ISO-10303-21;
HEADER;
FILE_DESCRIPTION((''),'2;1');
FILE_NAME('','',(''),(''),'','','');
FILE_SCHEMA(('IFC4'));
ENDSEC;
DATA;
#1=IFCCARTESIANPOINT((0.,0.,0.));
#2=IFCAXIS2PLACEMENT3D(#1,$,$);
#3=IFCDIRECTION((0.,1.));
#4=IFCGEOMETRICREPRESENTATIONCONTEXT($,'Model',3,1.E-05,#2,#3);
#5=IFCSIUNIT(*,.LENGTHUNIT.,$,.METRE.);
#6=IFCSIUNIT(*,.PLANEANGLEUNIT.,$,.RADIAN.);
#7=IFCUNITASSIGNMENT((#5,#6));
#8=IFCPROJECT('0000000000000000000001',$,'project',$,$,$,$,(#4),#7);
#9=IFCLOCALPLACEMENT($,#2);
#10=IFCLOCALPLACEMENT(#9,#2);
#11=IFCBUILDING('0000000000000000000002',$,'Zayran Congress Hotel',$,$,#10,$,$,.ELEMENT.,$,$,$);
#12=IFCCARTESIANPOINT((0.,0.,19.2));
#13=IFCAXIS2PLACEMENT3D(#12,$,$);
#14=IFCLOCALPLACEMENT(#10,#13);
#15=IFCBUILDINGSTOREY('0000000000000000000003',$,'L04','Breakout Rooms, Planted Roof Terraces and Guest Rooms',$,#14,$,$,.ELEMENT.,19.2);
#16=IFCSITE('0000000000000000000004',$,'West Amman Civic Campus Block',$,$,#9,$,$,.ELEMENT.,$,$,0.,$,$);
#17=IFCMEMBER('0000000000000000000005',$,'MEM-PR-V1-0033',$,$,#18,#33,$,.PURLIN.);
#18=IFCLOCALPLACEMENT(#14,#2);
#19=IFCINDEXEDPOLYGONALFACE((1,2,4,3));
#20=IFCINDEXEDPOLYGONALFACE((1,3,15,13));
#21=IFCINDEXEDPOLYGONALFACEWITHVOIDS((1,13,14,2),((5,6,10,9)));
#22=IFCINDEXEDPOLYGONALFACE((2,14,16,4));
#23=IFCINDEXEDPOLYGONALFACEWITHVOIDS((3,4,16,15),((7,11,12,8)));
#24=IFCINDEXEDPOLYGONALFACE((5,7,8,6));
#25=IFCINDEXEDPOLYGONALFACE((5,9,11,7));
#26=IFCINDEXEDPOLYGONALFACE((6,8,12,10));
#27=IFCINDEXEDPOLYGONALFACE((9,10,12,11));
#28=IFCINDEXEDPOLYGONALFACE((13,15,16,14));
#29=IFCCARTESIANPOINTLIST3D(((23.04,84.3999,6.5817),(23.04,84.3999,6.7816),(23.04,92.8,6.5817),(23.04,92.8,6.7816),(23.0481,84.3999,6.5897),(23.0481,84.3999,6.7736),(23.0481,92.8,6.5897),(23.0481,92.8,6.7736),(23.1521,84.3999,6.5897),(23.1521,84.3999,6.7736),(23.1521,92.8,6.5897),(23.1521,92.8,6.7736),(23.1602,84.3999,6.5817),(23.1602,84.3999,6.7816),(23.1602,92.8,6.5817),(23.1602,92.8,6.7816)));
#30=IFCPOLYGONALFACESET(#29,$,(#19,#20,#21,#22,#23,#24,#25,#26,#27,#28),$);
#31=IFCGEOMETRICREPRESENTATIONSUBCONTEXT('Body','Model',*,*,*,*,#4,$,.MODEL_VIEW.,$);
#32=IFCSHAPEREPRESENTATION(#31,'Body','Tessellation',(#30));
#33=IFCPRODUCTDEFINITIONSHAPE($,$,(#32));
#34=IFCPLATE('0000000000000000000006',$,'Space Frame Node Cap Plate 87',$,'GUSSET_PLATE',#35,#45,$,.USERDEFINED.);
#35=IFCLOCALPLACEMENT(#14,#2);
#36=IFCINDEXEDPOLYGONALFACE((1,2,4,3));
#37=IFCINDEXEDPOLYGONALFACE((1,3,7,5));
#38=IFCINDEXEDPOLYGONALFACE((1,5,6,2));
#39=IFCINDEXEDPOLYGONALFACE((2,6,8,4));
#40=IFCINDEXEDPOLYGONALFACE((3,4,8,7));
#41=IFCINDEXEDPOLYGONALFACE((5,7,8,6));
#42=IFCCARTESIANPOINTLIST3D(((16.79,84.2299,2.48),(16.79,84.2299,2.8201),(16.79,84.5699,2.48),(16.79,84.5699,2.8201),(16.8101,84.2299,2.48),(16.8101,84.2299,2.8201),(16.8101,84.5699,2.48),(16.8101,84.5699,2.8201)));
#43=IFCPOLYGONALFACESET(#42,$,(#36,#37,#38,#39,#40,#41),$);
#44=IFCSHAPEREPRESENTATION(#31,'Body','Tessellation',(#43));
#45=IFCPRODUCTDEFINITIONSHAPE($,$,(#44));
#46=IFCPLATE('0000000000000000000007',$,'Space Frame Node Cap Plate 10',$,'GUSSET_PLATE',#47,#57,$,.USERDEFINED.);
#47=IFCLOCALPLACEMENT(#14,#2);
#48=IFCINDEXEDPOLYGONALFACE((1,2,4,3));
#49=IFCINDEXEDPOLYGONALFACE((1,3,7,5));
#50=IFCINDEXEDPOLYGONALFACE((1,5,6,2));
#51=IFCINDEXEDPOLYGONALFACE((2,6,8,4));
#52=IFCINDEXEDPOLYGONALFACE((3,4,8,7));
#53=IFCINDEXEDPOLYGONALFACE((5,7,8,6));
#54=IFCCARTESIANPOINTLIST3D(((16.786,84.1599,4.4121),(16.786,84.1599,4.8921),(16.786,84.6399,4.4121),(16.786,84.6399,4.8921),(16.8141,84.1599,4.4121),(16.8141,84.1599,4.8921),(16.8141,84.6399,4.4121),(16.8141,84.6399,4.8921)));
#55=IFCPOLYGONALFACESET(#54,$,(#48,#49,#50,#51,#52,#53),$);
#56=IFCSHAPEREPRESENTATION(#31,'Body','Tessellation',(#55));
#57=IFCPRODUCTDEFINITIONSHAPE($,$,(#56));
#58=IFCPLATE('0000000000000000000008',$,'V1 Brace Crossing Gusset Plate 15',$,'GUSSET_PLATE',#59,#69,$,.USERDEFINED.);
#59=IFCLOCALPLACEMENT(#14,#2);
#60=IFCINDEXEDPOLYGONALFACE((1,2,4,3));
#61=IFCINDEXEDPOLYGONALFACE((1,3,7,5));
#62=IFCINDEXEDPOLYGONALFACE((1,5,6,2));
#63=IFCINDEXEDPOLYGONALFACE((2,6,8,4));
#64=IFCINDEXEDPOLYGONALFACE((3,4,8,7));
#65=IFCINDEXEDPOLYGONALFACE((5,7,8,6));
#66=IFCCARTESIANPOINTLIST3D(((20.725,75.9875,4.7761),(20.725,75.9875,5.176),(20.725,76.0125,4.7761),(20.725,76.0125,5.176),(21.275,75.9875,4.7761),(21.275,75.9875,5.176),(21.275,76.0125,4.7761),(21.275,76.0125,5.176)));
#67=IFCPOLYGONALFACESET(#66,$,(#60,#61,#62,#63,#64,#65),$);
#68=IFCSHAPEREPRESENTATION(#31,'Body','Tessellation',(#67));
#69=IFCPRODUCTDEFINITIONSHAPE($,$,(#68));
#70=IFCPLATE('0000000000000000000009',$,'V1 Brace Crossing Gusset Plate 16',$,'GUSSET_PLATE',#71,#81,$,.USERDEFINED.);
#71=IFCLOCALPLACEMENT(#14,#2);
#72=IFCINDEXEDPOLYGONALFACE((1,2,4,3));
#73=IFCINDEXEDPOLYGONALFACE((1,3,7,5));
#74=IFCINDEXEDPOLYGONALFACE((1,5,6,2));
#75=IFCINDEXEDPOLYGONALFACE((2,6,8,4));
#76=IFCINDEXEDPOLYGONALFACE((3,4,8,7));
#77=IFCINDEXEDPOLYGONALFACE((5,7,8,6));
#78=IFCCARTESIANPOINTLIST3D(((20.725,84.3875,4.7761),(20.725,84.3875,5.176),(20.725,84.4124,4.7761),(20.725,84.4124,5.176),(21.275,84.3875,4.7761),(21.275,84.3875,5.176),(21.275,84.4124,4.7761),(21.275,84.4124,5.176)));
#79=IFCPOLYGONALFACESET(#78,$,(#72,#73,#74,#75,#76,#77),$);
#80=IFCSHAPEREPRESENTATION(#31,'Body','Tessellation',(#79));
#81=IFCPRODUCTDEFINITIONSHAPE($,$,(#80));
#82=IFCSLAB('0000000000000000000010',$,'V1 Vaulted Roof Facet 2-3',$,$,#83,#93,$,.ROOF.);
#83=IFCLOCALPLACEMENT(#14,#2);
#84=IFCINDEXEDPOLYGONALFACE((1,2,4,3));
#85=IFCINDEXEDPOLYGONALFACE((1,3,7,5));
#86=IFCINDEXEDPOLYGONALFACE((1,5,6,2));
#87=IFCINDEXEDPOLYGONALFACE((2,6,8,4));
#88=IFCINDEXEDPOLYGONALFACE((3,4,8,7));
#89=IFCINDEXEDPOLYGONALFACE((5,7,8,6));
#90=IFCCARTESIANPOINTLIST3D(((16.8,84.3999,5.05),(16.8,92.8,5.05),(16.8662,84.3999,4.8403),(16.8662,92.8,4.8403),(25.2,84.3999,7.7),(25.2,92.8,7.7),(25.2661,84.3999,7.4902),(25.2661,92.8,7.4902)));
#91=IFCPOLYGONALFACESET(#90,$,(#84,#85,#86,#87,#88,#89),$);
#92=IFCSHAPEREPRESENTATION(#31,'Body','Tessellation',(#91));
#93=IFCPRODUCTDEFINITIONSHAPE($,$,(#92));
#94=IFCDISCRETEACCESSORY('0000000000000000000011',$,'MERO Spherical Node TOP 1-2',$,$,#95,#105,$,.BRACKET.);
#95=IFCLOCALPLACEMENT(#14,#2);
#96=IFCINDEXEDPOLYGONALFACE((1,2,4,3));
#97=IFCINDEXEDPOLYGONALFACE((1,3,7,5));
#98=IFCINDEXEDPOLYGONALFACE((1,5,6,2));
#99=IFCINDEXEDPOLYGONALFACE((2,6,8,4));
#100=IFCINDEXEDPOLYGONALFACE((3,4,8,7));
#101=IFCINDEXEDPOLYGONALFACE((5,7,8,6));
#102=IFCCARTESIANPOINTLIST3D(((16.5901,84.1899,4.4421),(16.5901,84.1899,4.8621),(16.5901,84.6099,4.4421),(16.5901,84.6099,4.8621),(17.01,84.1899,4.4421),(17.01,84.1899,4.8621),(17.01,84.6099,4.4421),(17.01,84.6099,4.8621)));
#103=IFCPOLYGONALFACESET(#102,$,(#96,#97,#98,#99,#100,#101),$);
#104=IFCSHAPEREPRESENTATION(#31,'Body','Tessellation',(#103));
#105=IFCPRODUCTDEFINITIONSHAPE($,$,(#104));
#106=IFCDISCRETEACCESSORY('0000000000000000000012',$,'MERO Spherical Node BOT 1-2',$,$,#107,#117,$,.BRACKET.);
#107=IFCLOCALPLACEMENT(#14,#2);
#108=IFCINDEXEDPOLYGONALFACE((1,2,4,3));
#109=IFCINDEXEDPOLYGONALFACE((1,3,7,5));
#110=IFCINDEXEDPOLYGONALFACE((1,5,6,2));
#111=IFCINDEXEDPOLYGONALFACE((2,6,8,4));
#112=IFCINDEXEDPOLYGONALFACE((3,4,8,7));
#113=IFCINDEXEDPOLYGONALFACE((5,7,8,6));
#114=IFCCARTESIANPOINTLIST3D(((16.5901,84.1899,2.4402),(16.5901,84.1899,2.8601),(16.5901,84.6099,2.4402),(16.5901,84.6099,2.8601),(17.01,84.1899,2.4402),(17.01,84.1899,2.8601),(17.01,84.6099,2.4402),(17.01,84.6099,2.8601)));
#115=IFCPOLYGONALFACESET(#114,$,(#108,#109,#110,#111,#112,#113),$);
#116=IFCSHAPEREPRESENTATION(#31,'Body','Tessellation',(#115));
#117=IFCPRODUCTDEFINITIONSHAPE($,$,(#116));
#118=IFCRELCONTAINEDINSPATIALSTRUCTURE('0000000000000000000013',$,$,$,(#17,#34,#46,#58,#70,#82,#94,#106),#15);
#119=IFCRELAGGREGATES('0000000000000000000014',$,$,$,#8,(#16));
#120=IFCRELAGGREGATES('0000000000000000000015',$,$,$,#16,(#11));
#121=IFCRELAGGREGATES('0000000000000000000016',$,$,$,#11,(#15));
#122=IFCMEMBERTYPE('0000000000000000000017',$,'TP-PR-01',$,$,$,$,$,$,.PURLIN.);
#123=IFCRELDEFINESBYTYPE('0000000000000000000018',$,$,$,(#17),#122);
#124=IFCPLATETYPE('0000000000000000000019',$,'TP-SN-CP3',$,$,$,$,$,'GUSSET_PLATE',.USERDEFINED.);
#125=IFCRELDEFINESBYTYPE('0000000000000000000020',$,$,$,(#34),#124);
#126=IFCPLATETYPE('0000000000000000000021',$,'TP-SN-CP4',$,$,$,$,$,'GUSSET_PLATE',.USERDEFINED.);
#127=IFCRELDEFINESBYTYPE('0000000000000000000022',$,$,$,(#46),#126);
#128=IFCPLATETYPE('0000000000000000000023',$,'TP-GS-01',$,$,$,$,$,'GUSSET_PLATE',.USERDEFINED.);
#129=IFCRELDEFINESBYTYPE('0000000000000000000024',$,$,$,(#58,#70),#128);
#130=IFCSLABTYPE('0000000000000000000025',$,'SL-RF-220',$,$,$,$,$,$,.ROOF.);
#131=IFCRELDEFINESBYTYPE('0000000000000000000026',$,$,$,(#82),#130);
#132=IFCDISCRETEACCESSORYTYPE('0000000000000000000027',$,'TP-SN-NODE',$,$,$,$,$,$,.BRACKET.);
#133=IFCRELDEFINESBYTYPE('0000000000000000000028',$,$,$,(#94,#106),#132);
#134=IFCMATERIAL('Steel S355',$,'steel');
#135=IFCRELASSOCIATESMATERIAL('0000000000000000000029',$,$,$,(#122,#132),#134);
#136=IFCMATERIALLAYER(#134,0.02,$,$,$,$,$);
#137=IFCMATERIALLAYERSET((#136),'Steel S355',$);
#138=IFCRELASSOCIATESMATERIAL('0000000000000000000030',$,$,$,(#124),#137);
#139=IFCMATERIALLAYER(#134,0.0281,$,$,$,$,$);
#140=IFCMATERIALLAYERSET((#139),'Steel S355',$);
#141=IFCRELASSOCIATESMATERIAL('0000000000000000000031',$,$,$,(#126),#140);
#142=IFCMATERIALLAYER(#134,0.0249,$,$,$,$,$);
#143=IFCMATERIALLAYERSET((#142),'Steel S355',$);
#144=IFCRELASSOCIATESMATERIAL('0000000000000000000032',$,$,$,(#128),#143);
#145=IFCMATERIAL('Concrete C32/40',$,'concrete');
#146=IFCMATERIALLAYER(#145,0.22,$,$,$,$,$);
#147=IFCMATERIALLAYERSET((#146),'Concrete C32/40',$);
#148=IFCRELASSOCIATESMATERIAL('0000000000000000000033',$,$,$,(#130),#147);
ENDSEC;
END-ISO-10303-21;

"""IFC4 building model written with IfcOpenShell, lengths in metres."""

from ifc_helpers import new_model, si_unit, direction, frame, origin, origin_2d, place, context, subcontext, project, spatial, polyline, rectangle, hollow_rectangle, outline, extrude, material, layer, layer_set, material_profile, profile_set, type_object, element, save


model = new_model("IFC4")

# Units and contexts
model_context = context("Model", 3, precision=1e-05, world=origin(), true_north=direction((0.0, 1.0)))
body_context = subcontext(model_context, "Body", "Model", "MODEL_VIEW")
ifc_project = project(units=[si_unit("LENGTHUNIT", "METRE"), si_unit("PLANEANGLEUNIT", "RADIAN")], contexts=[model_context])

# Site, building, storey
site_placement = place(None, origin())
site = spatial("IfcSite", under=ifc_project, at=site_placement, Name="West Amman Civic Campus Block", CompositionType="ELEMENT", RefElevation=0.0)
building_placement = place(site_placement, origin())
building = spatial("IfcBuilding", under=site, at=building_placement, Name="Zayran Congress Hotel", CompositionType="ELEMENT")
storey_placement = place(building_placement, frame((0.0, 0.0, 19.2)))
storey = spatial("IfcBuildingStorey", under=building, at=storey_placement, Name="L04", Description="Breakout Rooms, Planted Roof Terraces and Guest Rooms", CompositionType="ELEMENT", Elevation=19.2)

# Member
ifc_material_1 = material(Name="Steel S355", Category="steel")
ifc_material_profile_1 = material_profile(ifc_material_1, hollow_rectangle(XDim=0.1201, YDim=0.2, WallThickness=0.0081, at=origin_2d()), Name="RHS 200x120x8")
ifc_profile_set_1 = profile_set([ifc_material_profile_1], Name="Steel S355")
member_type_1 = type_object("IfcMemberType", Name="TP-PR-01", PredefinedType="PURLIN", material=ifc_profile_set_1)
member_1_placement = place(storey_placement, frame((23.1001, 84.3999, 6.6816), z_axis=(0.0, 1.0, 0.0), x_axis=(-1.0, 0.0, 0.0)))
element("IfcMember", 1, at=member_1_placement, inside=storey, type_object=member_type_1, Name="MEM-PR-V1-0033", PredefinedType="PURLIN", context=body_context, shape_type="SweptSolid", body=[
    extrude(hollow_rectangle(XDim=0.1201, YDim=0.2, WallThickness=0.0081, at=origin_2d()), origin(), (0.0, 0.0, 1.0), 8.4001),
])

# Plates
ifc_layer_1 = layer(ifc_material_1, 0.02)
ifc_layer_set_1 = layer_set([ifc_layer_1], Name="Steel S355")
plate_type_1 = type_object("IfcPlateType", Name="TP-SN-CP3", ElementType="GUSSET_PLATE", PredefinedType="USERDEFINED", material=ifc_layer_set_1)
plate_1_placement = place(storey_placement, frame((16.8, 84.3999, 2.48), z_axis=(0.0, 0.0, 1.0), x_axis=(0.0, 1.0, 0.0)))
element("IfcPlate", 2, at=plate_1_placement, inside=storey, type_object=plate_type_1, Name="Space Frame Node Cap Plate 87", ObjectType="GUSSET_PLATE", PredefinedType="USERDEFINED", context=body_context, shape_type="SweptSolid", body=[
    extrude(rectangle(XDim=0.3401, YDim=0.02, at=origin_2d()), origin(), (0.0, 0.0, 1.0), 0.3401),
])
ifc_layer_2 = layer(ifc_material_1, 0.0281)
ifc_layer_set_2 = layer_set([ifc_layer_2], Name="Steel S355")
plate_type_2 = type_object("IfcPlateType", Name="TP-SN-CP4", ElementType="GUSSET_PLATE", PredefinedType="USERDEFINED", material=ifc_layer_set_2)
plate_2_placement = place(storey_placement, frame((16.8, 84.3999, 4.4121), z_axis=(0.0, 0.0, 1.0), x_axis=(0.0, 1.0, 0.0)))
element("IfcPlate", 3, at=plate_2_placement, inside=storey, type_object=plate_type_2, Name="Space Frame Node Cap Plate 10", ObjectType="GUSSET_PLATE", PredefinedType="USERDEFINED", context=body_context, shape_type="SweptSolid", body=[
    extrude(rectangle(XDim=0.48, YDim=0.0281, at=origin_2d()), origin(), (0.0, 0.0, 1.0), 0.48),
])
ifc_layer_3 = layer(ifc_material_1, 0.0249)
ifc_layer_set_3 = layer_set([ifc_layer_3], Name="Steel S355")
plate_type_3 = type_object("IfcPlateType", Name="TP-GS-01", ElementType="GUSSET_PLATE", PredefinedType="USERDEFINED", material=ifc_layer_set_3)
for number, where, z_axis, x_axis, name in (
    (4, (21.0, 76.0, 4.7761), (0.0, 0.0, 1.0), (1.0, 0.0, 0.0), "V1 Brace Crossing Gusset Plate 15"),
    (5, (21.0, 84.3999, 4.7761), (0.0, 0.0, 1.0), (1.0, 0.0, 0.0), "V1 Brace Crossing Gusset Plate 16"),
):
    element("IfcPlate", number, at=place(storey_placement, frame(where, z_axis=z_axis, x_axis=x_axis)), inside=storey, type_object=plate_type_3, Name=name, ObjectType="GUSSET_PLATE", PredefinedType="USERDEFINED", context=body_context, shape_type="SweptSolid", body=[
        extrude(rectangle(XDim=0.55, YDim=0.0249, at=origin_2d()), origin(), (0.0, 0.0, 1.0), 0.3999),
    ])

# Slab
ifc_material_2 = material(Name="Concrete C32/40", Category="concrete")
ifc_layer_4 = layer(ifc_material_2, 0.22)
ifc_layer_set_4 = layer_set([ifc_layer_4], Name="Concrete C32/40")
slab_type = type_object("IfcSlabType", Name="SL-RF-220", PredefinedType="ROOF", material=ifc_layer_set_4)
slab_placement = place(storey_placement, frame((16.8, 84.3999, 5.05), z_axis=(-0.300853, 0.0, 0.953671), x_axis=(0.953671, 0.0, 0.300853)))
element("IfcSlab", 6, at=slab_placement, inside=storey, type_object=slab_type, Name="V1 Vaulted Roof Facet 2-3", PredefinedType="ROOF", context=body_context, shape_type="SweptSolid", body=[
    extrude(outline(polyline([(0.0, 0.0), (8.808, 0.0), (8.808, 8.4001), (0.0, 8.4001), (0.0, 0.0)])), origin(), (0.0, 0.0, -1.0), 0.22),
])

# Discrete accessories
discrete_accessory_type = type_object("IfcDiscreteAccessoryType", Name="TP-SN-NODE", PredefinedType="BRACKET", material=ifc_material_1)
for number, where, z_axis, x_axis, name in (
    (7, (16.8, 84.3999, 4.4421), (0.0, 0.0, 1.0), (1.0, 0.0, 0.0), "MERO Spherical Node TOP 1-2"),
    (8, (16.8, 84.3999, 2.4402), (0.0, 0.0, 1.0), (1.0, 0.0, 0.0), "MERO Spherical Node BOT 1-2"),
):
    element("IfcDiscreteAccessory", number, at=place(storey_placement, frame(where, z_axis=z_axis, x_axis=x_axis)), inside=storey, type_object=discrete_accessory_type, Name=name, PredefinedType="BRACKET", context=body_context, shape_type="SweptSolid", body=[
        extrude(rectangle(XDim=0.4199, YDim=0.4199, at=origin_2d()), origin(), (0.0, 0.0, 1.0), 0.4199),
    ])

save(model, "model.ifc")
